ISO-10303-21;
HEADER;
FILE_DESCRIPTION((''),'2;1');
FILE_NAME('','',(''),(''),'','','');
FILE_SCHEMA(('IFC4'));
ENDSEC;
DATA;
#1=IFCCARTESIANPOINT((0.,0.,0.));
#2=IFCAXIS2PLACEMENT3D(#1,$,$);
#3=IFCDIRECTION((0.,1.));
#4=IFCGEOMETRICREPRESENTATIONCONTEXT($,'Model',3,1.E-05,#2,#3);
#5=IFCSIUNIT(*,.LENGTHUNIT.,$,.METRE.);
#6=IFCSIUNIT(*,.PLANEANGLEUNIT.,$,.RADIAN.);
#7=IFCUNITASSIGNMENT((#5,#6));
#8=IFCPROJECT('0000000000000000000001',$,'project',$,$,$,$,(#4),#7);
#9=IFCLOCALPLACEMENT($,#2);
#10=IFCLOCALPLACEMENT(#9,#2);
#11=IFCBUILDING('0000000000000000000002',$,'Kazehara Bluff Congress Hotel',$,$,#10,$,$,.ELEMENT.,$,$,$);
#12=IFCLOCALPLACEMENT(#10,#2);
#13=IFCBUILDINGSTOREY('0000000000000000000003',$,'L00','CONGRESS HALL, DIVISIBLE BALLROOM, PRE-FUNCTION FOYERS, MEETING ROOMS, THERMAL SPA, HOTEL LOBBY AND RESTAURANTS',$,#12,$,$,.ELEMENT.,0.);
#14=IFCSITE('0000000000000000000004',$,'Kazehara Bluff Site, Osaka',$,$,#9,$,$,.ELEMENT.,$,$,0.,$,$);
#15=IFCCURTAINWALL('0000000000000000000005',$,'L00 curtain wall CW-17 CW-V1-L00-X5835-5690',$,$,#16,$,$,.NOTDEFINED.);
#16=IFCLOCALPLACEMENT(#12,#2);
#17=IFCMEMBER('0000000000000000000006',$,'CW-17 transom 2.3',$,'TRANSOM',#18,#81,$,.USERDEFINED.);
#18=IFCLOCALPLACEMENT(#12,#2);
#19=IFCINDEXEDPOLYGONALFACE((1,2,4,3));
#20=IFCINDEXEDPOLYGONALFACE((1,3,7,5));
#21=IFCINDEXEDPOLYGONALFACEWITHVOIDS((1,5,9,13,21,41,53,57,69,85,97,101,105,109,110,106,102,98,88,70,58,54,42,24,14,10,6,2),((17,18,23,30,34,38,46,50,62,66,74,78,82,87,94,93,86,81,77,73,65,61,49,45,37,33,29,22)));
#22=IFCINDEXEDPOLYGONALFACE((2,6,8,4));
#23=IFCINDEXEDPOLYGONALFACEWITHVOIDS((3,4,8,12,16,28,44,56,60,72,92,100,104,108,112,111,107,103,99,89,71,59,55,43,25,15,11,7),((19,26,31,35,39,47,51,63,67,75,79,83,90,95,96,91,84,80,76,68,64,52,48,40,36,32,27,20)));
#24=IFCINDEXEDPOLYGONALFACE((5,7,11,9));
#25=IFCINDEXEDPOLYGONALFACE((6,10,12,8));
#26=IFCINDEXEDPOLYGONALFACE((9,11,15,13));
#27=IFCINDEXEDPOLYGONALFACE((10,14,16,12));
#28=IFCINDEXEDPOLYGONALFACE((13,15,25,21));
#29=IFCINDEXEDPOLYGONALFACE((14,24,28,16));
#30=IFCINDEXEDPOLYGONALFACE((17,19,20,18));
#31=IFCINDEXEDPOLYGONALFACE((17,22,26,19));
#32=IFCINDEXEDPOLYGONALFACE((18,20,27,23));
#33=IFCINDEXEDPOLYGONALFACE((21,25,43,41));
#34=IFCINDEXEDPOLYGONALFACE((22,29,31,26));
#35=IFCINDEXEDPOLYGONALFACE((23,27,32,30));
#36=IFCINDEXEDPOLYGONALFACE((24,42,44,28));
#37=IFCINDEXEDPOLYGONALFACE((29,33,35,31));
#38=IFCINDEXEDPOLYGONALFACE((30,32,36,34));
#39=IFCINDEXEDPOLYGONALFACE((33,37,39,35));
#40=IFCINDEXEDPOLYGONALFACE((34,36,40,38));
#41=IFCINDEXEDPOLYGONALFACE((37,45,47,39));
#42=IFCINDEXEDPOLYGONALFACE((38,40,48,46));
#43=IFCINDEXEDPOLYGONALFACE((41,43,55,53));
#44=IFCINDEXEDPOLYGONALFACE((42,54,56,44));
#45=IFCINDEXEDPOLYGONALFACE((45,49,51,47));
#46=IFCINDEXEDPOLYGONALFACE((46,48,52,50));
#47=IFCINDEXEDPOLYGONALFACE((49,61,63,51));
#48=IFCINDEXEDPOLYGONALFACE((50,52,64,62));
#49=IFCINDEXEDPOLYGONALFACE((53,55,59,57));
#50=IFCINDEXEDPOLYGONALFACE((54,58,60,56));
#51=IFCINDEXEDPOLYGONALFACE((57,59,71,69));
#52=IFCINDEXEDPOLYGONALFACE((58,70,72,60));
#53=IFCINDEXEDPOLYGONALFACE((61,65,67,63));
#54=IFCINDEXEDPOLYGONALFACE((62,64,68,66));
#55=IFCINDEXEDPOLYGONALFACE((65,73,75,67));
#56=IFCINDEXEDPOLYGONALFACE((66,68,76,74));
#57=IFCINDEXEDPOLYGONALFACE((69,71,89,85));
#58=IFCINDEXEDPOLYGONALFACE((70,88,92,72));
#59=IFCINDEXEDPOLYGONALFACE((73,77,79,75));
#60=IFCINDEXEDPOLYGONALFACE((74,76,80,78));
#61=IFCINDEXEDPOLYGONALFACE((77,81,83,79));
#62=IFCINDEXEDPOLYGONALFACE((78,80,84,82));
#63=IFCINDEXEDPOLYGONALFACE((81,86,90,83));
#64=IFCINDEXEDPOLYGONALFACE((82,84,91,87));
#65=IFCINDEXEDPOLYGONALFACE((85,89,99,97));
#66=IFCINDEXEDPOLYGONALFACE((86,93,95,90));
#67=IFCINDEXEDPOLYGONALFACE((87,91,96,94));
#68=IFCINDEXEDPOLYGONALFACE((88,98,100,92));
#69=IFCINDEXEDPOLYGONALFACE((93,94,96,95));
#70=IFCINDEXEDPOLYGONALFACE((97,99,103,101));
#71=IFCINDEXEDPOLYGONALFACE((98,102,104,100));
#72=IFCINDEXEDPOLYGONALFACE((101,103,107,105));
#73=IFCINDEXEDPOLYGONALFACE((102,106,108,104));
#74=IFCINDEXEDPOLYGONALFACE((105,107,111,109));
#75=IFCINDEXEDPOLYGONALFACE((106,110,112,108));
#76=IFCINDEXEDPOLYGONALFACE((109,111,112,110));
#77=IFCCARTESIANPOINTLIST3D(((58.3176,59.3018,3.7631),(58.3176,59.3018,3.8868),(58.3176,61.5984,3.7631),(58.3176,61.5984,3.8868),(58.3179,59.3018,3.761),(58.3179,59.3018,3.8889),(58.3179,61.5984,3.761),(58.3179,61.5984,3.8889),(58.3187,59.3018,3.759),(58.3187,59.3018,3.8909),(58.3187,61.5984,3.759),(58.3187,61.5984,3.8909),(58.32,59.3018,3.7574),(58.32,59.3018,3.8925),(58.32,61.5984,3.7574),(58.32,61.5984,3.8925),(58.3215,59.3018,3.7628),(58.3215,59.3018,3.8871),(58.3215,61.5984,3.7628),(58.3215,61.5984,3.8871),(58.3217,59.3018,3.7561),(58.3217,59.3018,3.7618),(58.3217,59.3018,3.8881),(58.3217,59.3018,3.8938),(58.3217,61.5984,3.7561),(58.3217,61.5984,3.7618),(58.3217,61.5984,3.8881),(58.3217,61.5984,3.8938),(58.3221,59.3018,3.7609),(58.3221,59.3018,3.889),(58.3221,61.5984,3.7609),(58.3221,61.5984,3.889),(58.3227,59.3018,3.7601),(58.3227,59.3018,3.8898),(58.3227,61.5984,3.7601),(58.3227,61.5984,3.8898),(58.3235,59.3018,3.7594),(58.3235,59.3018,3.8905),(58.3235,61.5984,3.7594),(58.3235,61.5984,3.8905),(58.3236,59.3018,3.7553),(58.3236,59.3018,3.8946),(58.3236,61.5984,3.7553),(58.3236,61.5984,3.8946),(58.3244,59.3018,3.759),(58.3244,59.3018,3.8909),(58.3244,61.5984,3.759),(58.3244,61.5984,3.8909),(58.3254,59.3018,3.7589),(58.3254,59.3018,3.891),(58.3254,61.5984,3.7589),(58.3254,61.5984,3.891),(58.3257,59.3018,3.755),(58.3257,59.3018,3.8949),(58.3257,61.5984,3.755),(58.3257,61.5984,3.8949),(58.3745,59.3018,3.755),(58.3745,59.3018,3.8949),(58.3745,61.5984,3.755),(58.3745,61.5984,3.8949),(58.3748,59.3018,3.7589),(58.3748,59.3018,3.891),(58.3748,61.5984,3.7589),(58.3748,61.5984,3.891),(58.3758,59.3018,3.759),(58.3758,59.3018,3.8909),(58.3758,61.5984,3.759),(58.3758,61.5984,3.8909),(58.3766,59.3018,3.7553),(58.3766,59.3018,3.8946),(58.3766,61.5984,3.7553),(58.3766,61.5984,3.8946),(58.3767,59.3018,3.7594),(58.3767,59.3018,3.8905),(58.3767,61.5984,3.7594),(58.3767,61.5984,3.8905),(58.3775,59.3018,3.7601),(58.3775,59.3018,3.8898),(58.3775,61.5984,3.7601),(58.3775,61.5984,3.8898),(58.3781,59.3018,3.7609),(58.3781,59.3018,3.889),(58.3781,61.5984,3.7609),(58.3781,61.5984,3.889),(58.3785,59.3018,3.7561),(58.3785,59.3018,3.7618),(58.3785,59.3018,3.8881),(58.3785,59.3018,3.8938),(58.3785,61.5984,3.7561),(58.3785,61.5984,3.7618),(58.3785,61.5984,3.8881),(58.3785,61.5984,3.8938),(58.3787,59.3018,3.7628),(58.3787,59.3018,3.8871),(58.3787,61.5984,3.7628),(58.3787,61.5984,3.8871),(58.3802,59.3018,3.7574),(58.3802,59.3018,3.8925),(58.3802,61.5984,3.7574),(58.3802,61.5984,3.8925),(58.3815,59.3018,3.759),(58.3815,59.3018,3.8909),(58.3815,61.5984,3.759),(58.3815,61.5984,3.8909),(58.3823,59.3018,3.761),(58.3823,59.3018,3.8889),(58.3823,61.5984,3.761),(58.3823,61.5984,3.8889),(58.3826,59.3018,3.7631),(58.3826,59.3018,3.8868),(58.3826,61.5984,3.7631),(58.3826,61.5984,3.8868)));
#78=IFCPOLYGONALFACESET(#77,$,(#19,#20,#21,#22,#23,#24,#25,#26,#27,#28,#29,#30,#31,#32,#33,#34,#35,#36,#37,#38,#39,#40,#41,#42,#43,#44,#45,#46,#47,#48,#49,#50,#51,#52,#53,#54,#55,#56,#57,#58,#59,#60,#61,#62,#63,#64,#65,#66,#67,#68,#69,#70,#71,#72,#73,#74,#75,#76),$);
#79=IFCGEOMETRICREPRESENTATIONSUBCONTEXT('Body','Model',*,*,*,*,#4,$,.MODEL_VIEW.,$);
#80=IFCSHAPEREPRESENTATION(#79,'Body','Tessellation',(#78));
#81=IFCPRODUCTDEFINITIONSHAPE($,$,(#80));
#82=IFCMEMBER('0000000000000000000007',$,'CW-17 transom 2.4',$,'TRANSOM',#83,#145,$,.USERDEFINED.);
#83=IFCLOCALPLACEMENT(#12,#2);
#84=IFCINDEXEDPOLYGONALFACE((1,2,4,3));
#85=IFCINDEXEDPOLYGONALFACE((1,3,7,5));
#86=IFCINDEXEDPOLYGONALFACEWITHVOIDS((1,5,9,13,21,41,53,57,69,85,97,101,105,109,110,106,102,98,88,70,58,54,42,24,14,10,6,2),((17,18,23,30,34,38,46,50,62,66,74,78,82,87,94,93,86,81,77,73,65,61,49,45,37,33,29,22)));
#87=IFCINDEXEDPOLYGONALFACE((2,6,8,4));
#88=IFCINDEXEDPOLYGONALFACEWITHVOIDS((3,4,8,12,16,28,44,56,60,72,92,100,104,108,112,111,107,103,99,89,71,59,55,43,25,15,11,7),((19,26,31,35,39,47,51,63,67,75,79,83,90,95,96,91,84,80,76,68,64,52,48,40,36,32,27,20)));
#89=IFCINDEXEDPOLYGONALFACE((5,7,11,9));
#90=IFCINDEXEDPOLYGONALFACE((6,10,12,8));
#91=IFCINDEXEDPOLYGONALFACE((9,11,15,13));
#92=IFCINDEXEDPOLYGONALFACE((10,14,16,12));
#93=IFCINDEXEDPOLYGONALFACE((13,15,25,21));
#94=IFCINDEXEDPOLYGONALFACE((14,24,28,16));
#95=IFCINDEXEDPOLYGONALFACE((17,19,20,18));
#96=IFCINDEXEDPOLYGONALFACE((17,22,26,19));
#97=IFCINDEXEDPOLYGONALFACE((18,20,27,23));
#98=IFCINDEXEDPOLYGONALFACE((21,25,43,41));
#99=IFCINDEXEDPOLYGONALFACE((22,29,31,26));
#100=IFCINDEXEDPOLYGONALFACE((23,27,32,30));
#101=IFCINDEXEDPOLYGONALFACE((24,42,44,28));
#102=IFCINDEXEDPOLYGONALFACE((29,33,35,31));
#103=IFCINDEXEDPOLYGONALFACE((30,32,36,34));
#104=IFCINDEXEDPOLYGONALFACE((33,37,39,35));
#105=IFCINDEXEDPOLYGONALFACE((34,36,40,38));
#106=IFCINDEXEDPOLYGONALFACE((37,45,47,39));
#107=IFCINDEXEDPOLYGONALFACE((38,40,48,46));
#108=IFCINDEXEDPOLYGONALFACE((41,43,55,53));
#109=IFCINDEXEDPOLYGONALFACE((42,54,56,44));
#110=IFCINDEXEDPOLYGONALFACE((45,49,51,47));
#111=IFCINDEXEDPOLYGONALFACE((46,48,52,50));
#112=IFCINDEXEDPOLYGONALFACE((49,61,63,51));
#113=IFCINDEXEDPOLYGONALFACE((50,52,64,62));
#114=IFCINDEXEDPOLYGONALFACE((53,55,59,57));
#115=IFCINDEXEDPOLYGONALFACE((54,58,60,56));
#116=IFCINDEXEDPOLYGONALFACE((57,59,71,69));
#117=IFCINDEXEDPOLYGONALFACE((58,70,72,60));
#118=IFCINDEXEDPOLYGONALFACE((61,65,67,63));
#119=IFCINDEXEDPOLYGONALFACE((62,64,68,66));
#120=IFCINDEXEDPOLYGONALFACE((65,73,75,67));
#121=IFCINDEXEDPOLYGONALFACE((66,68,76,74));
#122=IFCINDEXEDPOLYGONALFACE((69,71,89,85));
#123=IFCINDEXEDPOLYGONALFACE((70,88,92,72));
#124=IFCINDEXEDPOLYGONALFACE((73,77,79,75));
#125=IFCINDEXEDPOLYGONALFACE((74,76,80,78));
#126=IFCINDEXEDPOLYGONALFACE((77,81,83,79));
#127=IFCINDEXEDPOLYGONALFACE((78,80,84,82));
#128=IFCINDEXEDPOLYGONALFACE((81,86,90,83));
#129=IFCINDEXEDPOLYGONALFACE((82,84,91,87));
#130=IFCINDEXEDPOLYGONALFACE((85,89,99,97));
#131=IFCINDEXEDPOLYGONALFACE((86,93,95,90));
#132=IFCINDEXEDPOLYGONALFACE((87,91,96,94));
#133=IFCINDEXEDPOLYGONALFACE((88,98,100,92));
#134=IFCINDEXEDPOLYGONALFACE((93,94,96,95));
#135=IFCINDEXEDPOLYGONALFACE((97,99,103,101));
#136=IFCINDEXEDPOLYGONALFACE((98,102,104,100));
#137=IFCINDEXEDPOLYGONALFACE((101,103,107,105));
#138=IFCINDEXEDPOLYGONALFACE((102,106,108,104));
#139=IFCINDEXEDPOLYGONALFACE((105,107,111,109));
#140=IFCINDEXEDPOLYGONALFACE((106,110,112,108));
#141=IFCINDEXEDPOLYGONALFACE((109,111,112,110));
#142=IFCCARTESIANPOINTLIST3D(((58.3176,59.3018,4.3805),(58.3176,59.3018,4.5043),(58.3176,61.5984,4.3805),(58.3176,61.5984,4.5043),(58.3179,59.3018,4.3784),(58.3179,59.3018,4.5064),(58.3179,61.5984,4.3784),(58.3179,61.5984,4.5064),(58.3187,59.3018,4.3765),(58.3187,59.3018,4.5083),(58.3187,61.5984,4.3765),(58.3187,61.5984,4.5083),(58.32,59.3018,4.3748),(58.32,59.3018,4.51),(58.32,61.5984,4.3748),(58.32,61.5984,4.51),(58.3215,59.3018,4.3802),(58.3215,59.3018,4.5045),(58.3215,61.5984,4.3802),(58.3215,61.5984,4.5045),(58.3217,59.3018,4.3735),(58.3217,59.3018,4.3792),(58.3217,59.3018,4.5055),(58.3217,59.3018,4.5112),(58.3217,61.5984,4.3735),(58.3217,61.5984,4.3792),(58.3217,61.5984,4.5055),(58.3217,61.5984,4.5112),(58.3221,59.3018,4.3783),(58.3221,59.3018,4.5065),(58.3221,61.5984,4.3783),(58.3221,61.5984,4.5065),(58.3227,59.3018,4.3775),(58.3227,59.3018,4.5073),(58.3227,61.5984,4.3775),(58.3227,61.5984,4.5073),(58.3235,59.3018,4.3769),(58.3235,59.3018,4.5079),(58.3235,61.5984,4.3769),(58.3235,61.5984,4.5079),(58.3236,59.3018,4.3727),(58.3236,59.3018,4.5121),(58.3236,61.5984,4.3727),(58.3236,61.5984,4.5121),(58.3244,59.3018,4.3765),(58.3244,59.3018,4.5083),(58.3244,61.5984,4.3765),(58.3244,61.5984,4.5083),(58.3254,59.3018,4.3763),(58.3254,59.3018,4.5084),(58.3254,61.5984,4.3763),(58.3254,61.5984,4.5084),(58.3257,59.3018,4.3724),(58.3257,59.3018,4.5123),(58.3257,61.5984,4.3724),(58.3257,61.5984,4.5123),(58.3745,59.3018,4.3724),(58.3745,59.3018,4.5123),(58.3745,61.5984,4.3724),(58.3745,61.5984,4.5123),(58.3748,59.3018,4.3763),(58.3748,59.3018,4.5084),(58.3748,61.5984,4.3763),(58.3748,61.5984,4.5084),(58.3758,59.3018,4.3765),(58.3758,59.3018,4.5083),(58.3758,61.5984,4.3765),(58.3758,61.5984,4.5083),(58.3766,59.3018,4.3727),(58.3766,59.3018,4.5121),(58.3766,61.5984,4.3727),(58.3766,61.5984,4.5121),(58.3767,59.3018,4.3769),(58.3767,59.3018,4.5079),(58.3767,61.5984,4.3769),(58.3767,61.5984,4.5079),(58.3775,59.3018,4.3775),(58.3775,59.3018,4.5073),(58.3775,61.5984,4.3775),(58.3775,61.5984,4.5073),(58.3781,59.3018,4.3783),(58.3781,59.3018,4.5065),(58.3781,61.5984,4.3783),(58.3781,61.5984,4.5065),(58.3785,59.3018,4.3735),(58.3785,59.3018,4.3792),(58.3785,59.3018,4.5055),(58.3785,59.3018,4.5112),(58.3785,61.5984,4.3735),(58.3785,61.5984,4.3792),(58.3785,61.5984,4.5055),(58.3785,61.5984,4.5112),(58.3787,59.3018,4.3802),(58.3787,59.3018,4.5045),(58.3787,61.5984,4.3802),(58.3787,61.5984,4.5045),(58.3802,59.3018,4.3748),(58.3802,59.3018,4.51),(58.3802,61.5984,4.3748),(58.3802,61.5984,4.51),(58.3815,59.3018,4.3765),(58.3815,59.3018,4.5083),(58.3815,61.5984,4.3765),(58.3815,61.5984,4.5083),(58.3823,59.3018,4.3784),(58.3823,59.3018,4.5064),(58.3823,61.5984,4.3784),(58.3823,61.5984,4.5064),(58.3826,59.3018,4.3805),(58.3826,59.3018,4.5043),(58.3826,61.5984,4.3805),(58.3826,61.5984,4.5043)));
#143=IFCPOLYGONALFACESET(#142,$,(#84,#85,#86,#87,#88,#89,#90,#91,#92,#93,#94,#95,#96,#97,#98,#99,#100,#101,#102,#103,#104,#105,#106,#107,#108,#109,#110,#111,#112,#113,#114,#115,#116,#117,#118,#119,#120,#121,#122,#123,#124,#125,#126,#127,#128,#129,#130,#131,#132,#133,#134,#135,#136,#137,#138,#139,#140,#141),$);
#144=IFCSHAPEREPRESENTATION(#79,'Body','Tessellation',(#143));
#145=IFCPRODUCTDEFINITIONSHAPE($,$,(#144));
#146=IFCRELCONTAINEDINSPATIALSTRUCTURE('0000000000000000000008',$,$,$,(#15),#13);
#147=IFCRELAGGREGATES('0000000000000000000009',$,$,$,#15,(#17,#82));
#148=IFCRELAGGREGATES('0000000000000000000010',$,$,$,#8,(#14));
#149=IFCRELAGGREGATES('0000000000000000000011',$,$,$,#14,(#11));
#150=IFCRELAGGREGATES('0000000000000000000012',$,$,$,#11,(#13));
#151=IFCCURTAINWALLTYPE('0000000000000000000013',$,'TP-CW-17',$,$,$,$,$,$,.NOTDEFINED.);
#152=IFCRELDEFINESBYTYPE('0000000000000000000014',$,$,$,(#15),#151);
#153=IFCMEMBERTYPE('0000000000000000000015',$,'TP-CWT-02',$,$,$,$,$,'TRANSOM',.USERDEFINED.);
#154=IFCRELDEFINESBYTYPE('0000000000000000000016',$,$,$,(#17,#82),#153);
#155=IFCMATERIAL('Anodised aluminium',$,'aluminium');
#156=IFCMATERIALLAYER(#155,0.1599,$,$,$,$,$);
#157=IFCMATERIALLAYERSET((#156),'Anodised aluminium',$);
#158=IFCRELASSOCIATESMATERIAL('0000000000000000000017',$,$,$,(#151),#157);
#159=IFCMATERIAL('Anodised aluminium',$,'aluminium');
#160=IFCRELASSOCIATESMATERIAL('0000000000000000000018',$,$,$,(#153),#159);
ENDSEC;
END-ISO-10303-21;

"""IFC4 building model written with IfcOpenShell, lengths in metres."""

from ifc_helpers import new_model, si_unit, direction, frame, origin, origin_2d, place, context, subcontext, project, spatial, hollow_rectangle, extrude, material, layer, layer_set, material_profile, profile_set, type_object, element, aggregate, save


model = new_model("IFC4")

# Units and contexts
model_context = context("Model", 3, precision=1e-05, world=origin(), true_north=direction((0.0, 1.0)))
body_context = subcontext(model_context, "Body", "Model", "MODEL_VIEW")
ifc_project = project(units=[si_unit("LENGTHUNIT", "METRE"), si_unit("PLANEANGLEUNIT", "RADIAN")], contexts=[model_context])

# Site, building, storey
site_placement = place(None, origin())
site = spatial("IfcSite", under=ifc_project, at=site_placement, Name="Kazehara Bluff Site, Osaka", CompositionType="ELEMENT", RefElevation=0.0)
building_placement = place(site_placement, origin())
building = spatial("IfcBuilding", under=site, at=building_placement, Name="Kazehara Bluff Congress Hotel", CompositionType="ELEMENT")
storey_placement = place(building_placement, origin())
storey = spatial("IfcBuildingStorey", under=building, at=storey_placement, Name="L00", Description="CONGRESS HALL, DIVISIBLE BALLROOM, PRE-FUNCTION FOYERS, MEETING ROOMS, THERMAL SPA, HOTEL LOBBY AND RESTAURANTS", CompositionType="ELEMENT", Elevation=0.0)

# Curtain wall
ifc_material_1 = material(Name="Anodised aluminium", Category="aluminium")
ifc_layer_1 = layer(ifc_material_1, 0.1599)
ifc_layer_set_1 = layer_set([ifc_layer_1], Name="Anodised aluminium")
curtain_wall_type_1 = type_object("IfcCurtainWallType", Name="TP-CW-17", PredefinedType="NOTDEFINED", material=ifc_layer_set_1)
curtain_wall_1_placement = place(storey_placement, origin())
curtain_wall_1 = element("IfcCurtainWall", 1, at=curtain_wall_1_placement, inside=storey, type_object=curtain_wall_type_1, Name="L00 curtain wall CW-17 CW-V1-L00-X5835-5690", PredefinedType="NOTDEFINED")

# Members
ifc_material_2 = material(Name="Anodised aluminium", Category="aluminium")
ifc_material_profile_1 = material_profile(ifc_material_2, hollow_rectangle(XDim=0.0649, YDim=0.1399, WallThickness=0.0039, InnerFilletRadius=0.0039, OuterFilletRadius=0.0081, at=origin_2d()))
ifc_profile_set_1 = profile_set([ifc_material_profile_1], Name="Anodised aluminium")
member_type_1 = type_object("IfcMemberType", Name="TP-CWT-02", ElementType="TRANSOM", PredefinedType="USERDEFINED", material=ifc_profile_set_1)
member_1_placement = place(storey_placement, frame((58.3501, 59.3018, 3.825), z_axis=(0.0, 1.0, 0.0), x_axis=(-1.0, 0.0, 0.0)))
member_1 = element("IfcMember", 2, at=member_1_placement, type_object=member_type_1, Name="CW-17 transom 2.3", ObjectType="TRANSOM", PredefinedType="USERDEFINED", context=body_context, shape_type="SweptSolid", body=[
    extrude(hollow_rectangle(XDim=0.0649, YDim=0.1399, WallThickness=0.0039, InnerFilletRadius=0.0039, OuterFilletRadius=0.0081, at=origin_2d()), origin(), (0.0, 0.0, 1.0), 2.2966),
])
member_2_placement = place(storey_placement, frame((58.3501, 59.3018, 4.4424), z_axis=(0.0, 1.0, 0.0), x_axis=(-1.0, 0.0, 0.0)))
member_2 = element("IfcMember", 3, at=member_2_placement, type_object=member_type_1, Name="CW-17 transom 2.4", ObjectType="TRANSOM", PredefinedType="USERDEFINED", context=body_context, shape_type="SweptSolid", body=[
    extrude(hollow_rectangle(XDim=0.0649, YDim=0.1399, WallThickness=0.0039, InnerFilletRadius=0.0039, OuterFilletRadius=0.0081, at=origin_2d()), origin(), (0.0, 0.0, 1.0), 2.2966),
])

aggregate(curtain_wall_1, [member_1, member_2])

save(model, "model.ifc")
